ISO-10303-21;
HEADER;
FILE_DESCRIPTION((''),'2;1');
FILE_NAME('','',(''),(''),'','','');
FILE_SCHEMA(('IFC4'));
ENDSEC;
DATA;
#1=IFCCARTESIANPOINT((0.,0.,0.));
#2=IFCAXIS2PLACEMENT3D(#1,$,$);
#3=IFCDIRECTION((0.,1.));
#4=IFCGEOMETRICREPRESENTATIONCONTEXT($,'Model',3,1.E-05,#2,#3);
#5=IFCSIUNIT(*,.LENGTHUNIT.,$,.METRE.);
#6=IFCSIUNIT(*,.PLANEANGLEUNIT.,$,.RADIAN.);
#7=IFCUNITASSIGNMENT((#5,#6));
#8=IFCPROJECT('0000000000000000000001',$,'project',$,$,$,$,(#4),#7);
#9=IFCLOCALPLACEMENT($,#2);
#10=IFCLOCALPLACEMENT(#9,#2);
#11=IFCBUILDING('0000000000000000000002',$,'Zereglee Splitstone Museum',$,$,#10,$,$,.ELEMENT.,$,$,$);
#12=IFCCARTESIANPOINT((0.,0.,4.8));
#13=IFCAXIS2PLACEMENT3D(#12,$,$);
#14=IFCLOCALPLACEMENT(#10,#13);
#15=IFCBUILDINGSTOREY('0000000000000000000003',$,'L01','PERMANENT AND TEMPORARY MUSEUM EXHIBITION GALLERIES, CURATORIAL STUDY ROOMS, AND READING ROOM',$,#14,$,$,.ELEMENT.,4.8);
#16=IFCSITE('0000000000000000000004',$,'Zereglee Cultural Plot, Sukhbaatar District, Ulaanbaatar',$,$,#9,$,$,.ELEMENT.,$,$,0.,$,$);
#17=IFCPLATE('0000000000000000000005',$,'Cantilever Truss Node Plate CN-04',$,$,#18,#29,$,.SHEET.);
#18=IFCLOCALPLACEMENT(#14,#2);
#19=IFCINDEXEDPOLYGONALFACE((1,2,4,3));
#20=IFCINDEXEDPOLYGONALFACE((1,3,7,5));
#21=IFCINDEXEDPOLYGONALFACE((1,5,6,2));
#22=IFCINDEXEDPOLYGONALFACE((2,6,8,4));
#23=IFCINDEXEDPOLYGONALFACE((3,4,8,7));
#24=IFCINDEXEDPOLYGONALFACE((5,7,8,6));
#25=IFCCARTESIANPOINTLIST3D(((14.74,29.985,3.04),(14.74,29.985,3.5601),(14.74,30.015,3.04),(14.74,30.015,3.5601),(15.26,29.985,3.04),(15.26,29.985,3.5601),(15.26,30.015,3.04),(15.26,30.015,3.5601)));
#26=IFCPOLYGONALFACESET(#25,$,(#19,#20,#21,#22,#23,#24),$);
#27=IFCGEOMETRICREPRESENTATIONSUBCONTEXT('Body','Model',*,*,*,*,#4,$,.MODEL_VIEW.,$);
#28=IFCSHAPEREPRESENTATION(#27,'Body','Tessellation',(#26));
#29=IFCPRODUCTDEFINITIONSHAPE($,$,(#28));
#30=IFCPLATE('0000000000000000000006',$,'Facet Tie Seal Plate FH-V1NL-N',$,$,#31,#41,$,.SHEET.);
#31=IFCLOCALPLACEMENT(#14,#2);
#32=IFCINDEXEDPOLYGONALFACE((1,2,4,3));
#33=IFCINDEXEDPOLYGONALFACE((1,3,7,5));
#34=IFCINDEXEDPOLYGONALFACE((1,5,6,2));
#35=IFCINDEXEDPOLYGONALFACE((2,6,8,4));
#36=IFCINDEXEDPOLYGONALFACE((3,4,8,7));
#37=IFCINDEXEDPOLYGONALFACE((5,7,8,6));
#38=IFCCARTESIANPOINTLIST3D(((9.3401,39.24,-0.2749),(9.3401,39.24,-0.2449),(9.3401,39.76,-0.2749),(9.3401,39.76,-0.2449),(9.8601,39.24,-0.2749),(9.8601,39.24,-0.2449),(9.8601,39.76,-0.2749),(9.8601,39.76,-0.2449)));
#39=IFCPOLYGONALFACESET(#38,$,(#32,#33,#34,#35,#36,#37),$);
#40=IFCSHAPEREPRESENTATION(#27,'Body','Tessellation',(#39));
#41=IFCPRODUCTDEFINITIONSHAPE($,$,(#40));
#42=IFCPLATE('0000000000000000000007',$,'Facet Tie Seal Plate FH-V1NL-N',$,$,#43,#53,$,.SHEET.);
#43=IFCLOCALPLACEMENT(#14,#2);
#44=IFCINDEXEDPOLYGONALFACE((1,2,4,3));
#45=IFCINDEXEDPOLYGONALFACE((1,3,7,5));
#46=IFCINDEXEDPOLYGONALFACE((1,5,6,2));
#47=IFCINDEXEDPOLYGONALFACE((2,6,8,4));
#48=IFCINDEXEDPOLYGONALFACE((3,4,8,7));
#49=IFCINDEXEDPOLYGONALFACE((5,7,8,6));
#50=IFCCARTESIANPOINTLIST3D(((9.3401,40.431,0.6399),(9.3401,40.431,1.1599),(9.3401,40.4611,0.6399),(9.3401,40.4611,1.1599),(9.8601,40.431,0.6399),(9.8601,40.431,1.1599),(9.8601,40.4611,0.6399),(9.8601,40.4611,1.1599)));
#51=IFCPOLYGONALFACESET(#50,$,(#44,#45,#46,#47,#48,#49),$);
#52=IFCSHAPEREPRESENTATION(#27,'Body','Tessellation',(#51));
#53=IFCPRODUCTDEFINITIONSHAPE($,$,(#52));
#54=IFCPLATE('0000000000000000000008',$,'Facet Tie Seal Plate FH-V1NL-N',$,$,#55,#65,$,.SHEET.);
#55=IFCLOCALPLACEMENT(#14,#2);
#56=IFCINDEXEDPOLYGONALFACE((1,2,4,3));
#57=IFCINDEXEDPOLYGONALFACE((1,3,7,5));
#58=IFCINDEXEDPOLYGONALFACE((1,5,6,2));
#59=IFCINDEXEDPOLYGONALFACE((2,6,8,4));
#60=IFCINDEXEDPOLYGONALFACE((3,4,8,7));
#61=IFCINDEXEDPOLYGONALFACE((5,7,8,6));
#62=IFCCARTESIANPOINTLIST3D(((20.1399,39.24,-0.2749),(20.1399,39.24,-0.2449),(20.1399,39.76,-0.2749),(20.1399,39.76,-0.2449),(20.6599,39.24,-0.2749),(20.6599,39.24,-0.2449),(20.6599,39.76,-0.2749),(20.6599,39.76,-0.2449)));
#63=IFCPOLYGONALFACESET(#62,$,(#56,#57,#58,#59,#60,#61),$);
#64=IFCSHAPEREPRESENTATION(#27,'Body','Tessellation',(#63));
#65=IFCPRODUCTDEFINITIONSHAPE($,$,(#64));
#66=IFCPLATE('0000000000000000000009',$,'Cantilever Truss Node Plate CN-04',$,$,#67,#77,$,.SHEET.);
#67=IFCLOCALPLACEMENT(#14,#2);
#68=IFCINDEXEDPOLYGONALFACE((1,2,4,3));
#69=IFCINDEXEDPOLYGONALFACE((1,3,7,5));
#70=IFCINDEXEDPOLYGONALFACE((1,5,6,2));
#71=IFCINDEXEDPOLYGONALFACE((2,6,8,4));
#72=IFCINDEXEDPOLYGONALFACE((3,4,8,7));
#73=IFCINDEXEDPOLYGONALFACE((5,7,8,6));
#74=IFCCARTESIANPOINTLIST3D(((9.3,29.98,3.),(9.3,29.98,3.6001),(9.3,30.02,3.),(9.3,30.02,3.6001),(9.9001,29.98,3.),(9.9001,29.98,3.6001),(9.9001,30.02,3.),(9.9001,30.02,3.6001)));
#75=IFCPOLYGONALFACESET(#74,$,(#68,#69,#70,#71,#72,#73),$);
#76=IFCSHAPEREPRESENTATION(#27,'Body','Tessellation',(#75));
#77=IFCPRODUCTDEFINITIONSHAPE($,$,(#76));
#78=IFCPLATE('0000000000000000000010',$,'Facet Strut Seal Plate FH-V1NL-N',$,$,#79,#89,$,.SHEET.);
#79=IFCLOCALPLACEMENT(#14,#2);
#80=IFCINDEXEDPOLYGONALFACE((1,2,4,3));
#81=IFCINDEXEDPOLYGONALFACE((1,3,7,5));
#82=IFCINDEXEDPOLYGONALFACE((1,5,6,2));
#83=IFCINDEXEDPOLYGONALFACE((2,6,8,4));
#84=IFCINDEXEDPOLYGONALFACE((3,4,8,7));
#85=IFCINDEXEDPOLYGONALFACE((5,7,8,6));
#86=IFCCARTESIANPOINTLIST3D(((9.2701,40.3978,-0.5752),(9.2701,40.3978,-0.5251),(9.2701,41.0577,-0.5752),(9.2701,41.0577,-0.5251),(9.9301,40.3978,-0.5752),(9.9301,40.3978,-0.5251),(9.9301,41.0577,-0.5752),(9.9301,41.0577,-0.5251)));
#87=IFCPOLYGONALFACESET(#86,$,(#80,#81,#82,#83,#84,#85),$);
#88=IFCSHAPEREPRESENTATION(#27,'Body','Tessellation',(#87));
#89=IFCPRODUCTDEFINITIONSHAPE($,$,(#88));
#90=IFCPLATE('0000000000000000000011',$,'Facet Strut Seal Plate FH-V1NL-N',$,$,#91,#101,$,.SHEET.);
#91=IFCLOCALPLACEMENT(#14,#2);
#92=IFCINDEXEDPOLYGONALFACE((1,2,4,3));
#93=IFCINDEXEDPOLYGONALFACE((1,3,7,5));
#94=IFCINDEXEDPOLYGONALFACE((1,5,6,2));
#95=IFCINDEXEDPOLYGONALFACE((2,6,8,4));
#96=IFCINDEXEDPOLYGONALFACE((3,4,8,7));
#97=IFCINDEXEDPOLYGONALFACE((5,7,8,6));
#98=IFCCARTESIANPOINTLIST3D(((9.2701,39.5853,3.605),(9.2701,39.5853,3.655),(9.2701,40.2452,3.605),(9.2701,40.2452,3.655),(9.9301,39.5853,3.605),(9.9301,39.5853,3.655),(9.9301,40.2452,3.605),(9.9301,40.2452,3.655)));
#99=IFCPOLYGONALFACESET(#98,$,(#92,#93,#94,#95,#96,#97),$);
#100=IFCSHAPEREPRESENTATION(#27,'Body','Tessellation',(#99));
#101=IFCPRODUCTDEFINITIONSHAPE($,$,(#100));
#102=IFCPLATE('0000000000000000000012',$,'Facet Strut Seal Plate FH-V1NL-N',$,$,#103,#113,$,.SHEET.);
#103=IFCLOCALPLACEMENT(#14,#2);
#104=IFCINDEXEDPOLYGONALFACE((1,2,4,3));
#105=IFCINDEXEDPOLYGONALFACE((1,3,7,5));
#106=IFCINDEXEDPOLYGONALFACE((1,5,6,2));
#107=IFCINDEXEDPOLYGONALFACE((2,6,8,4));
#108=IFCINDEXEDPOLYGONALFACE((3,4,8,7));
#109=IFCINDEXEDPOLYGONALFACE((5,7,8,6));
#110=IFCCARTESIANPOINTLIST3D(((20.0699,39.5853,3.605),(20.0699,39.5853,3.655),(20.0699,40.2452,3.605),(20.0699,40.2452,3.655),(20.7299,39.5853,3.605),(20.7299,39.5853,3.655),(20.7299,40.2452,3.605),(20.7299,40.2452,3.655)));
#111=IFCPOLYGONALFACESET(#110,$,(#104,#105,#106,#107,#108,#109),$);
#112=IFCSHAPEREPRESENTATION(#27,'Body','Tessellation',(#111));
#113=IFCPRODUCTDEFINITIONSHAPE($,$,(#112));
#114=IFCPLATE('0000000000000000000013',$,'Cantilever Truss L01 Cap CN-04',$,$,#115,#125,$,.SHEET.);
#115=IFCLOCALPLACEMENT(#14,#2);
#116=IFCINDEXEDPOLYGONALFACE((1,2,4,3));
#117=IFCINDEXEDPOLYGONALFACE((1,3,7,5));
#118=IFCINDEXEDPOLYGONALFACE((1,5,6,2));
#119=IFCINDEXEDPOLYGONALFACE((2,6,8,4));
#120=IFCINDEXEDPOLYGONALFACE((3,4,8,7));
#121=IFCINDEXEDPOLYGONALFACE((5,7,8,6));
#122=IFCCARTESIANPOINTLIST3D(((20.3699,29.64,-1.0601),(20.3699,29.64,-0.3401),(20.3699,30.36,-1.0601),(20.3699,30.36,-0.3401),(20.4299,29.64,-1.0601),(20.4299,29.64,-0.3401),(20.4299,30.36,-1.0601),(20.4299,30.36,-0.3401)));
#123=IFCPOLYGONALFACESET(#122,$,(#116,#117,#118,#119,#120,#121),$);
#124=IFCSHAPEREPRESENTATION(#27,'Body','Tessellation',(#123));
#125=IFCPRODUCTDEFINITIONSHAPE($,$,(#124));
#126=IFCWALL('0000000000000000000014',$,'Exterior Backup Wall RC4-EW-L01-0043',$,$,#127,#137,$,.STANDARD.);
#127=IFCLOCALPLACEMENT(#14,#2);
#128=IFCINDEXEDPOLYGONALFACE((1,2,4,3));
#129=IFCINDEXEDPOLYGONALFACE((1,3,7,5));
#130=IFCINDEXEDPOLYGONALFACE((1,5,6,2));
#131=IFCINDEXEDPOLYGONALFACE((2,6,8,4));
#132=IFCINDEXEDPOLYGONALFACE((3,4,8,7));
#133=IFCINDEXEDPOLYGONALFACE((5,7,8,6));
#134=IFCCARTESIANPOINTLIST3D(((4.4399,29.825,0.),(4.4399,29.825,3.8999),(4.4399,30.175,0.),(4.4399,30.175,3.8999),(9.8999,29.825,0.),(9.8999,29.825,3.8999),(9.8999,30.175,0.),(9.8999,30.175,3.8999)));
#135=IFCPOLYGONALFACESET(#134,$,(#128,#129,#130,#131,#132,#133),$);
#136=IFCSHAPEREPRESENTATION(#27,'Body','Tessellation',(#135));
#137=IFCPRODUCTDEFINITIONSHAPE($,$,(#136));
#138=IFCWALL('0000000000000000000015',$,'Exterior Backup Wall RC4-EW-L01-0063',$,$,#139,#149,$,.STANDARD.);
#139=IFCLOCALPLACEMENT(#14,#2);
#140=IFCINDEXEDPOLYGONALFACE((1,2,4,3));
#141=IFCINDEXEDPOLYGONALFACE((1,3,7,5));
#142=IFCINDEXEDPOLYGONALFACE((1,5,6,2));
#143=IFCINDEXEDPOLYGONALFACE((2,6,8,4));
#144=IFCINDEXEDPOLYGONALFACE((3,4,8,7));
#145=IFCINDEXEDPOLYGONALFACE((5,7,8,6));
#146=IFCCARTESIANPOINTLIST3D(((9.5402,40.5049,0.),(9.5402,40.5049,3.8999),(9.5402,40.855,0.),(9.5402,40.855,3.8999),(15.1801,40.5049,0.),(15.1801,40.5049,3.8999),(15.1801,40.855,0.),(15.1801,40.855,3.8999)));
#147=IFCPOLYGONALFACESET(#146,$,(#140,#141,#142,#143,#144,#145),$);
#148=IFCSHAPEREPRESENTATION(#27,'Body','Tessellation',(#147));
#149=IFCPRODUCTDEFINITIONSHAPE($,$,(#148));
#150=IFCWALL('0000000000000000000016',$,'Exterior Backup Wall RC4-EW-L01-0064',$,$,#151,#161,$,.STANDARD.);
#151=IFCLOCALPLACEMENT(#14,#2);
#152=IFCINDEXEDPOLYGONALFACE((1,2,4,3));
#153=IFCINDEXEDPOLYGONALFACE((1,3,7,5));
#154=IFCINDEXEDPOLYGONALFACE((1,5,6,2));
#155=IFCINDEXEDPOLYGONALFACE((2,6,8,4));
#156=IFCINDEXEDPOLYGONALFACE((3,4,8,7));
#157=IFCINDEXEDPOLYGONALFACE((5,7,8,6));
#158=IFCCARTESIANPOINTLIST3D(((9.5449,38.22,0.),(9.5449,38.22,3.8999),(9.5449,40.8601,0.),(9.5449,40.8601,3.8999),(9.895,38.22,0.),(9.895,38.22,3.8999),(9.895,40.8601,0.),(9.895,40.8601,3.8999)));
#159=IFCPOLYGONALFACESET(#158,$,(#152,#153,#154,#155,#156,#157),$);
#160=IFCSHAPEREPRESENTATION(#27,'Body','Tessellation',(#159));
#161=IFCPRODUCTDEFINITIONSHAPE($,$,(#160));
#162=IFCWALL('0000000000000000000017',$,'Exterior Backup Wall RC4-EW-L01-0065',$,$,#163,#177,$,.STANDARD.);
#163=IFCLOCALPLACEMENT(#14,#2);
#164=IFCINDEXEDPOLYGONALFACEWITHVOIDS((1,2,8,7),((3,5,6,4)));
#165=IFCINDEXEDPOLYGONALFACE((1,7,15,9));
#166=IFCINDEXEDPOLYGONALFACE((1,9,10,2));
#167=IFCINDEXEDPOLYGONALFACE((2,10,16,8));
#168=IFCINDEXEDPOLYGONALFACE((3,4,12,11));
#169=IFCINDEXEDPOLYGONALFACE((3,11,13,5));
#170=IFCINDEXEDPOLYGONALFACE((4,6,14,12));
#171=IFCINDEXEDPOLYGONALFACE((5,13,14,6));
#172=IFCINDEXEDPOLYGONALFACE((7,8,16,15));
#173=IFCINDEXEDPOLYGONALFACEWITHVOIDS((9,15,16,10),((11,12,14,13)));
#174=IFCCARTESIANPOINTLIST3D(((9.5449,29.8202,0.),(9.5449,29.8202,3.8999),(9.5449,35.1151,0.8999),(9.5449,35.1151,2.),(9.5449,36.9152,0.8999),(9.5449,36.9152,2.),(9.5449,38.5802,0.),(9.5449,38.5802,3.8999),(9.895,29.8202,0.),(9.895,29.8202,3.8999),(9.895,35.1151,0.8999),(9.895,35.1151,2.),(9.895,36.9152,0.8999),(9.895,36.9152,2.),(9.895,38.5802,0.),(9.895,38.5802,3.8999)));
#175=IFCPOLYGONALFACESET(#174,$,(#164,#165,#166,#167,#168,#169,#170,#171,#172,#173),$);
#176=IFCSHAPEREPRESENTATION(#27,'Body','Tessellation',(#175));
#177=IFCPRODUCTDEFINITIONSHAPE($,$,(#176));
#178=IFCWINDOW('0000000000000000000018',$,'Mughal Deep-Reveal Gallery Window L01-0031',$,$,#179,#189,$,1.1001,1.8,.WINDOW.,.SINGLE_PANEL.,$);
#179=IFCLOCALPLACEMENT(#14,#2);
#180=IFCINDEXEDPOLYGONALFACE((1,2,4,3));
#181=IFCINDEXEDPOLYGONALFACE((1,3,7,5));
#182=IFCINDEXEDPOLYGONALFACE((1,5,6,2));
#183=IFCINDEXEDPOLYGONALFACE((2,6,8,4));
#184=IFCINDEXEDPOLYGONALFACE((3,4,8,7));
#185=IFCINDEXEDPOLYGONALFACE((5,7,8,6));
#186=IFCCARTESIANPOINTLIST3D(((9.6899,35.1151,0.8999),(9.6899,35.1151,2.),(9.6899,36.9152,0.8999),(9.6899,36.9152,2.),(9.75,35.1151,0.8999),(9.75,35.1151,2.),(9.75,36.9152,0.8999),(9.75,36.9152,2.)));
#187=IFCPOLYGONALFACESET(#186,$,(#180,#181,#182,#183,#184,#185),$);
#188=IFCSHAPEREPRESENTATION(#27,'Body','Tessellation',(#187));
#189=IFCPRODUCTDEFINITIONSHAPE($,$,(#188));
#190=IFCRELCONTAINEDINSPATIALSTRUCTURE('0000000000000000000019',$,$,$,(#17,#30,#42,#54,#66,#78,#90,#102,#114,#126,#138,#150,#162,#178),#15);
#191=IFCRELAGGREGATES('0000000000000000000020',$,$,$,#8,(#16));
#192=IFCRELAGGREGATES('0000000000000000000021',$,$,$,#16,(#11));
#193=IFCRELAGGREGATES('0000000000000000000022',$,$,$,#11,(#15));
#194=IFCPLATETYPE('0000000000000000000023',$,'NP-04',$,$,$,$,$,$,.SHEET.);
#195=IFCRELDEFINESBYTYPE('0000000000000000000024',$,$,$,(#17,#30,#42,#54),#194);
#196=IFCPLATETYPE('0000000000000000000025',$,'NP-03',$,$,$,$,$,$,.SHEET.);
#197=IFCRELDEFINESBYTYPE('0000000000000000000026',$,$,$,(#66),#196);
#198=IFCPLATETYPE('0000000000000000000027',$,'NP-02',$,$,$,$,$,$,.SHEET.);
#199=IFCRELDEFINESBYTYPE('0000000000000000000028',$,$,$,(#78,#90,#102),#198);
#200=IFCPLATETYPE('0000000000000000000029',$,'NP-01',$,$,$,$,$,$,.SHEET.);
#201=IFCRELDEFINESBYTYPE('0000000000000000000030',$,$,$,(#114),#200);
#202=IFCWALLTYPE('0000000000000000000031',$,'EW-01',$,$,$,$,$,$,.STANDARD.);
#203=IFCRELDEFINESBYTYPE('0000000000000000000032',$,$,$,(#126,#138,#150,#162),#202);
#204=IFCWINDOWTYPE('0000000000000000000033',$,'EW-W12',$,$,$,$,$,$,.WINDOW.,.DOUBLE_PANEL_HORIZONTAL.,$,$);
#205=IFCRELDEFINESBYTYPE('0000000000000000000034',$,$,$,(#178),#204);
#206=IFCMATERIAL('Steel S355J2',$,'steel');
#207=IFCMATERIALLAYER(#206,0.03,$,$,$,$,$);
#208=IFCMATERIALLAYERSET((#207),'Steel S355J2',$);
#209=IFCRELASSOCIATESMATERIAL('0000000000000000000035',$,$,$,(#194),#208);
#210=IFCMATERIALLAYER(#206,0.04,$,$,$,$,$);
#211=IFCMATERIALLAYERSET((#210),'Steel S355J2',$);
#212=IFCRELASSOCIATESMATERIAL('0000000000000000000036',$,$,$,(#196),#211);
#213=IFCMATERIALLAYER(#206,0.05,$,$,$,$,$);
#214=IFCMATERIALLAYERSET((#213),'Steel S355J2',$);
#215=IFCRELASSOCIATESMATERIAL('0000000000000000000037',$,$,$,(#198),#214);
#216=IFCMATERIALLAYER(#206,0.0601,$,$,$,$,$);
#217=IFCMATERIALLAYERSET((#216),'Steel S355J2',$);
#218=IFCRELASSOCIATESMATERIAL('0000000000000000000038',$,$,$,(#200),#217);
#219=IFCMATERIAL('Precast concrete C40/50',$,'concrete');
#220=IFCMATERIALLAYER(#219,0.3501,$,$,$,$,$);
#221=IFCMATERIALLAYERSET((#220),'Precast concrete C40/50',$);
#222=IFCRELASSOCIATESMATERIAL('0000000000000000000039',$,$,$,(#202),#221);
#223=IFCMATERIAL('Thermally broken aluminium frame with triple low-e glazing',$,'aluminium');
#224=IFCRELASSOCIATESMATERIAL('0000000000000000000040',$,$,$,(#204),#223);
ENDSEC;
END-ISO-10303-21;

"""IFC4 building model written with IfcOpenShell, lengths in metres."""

from ifc_helpers import new_model, si_unit, direction, frame, frame_2d, origin, origin_2d, place, context, subcontext, project, spatial, rectangle, extrude, material, layer, layer_set, type_object, element, fill, save


model = new_model("IFC4")

# Units and contexts
model_context = context("Model", 3, precision=1e-05, world=origin(), true_north=direction((0.0, 1.0)))
body_context = subcontext(model_context, "Body", "Model", "MODEL_VIEW")
ifc_project = project(units=[si_unit("LENGTHUNIT", "METRE"), si_unit("PLANEANGLEUNIT", "RADIAN")], contexts=[model_context])

# Site, building, storey
site_placement = place(None, origin())
site = spatial("IfcSite", under=ifc_project, at=site_placement, Name="Zereglee Cultural Plot, Sukhbaatar District, Ulaanbaatar", CompositionType="ELEMENT", RefElevation=0.0)
building_placement = place(site_placement, origin())
building = spatial("IfcBuilding", under=site, at=building_placement, Name="Zereglee Splitstone Museum", CompositionType="ELEMENT")
storey_placement = place(building_placement, frame((0.0, 0.0, 4.8)))
storey = spatial("IfcBuildingStorey", under=building, at=storey_placement, Name="L01", Description="PERMANENT AND TEMPORARY MUSEUM EXHIBITION GALLERIES, CURATORIAL STUDY ROOMS, AND READING ROOM", CompositionType="ELEMENT", Elevation=4.8)

# Shared definitions
ifc_material_1 = material(Name="Steel S355J2", Category="steel")

# Plates
ifc_layer_1 = layer(ifc_material_1, 0.03)
ifc_layer_set_1 = layer_set([ifc_layer_1], Name="Steel S355J2")
plate_type_1 = type_object("IfcPlateType", Name="NP-04", PredefinedType="SHEET", material=ifc_layer_set_1)
plate_1_placement = place(storey_placement, frame((15.0, 30.0, 3.04), z_axis=(0.0, 0.0, 1.0), x_axis=(1.0, 0.0, 0.0)))
element("IfcPlate", 1, at=plate_1_placement, inside=storey, type_object=plate_type_1, Name="Cantilever Truss Node Plate CN-04", PredefinedType="SHEET", context=body_context, shape_type="SweptSolid", body=[
    extrude(rectangle(XDim=0.52, YDim=0.03, at=origin_2d()), origin(), (0.0, 0.0, 1.0), 0.52),
])
plate_2_placement = place(storey_placement, frame((9.6001, 39.5, -0.2749), z_axis=(0.0, 0.0, 1.0), x_axis=(1.0, 0.0, 0.0)))
element("IfcPlate", 2, at=plate_2_placement, inside=storey, type_object=plate_type_1, Name="Facet Tie Seal Plate FH-V1NL-N", PredefinedType="SHEET", context=body_context, shape_type="SweptSolid", body=[
    extrude(rectangle(XDim=0.52, YDim=0.52, at=origin_2d()), origin(), (0.0, 0.0, 1.0), 0.03),
])
plate_3_placement = place(storey_placement, frame((9.6001, 40.446, 0.6399), z_axis=(0.0, 0.0, 1.0), x_axis=(1.0, 0.0, 0.0)))
element("IfcPlate", 3, at=plate_3_placement, inside=storey, type_object=plate_type_1, Name="Facet Tie Seal Plate FH-V1NL-N", PredefinedType="SHEET", context=body_context, shape_type="SweptSolid", body=[
    extrude(rectangle(XDim=0.52, YDim=0.03, at=origin_2d()), origin(), (0.0, 0.0, 1.0), 0.52),
])
plate_4_placement = place(storey_placement, frame((20.3999, 39.5, -0.2749), z_axis=(0.0, 0.0, 1.0), x_axis=(1.0, 0.0, 0.0)))
element("IfcPlate", 4, at=plate_4_placement, inside=storey, type_object=plate_type_1, Name="Facet Tie Seal Plate FH-V1NL-N", PredefinedType="SHEET", context=body_context, shape_type="SweptSolid", body=[
    extrude(rectangle(XDim=0.52, YDim=0.52, at=origin_2d()), origin(), (0.0, 0.0, 1.0), 0.03),
])
ifc_layer_2 = layer(ifc_material_1, 0.04)
ifc_layer_set_2 = layer_set([ifc_layer_2], Name="Steel S355J2")
plate_type_2 = type_object("IfcPlateType", Name="NP-03", PredefinedType="SHEET", material=ifc_layer_set_2)
plate_5_placement = place(storey_placement, frame((9.6001, 30.0, 3.0), z_axis=(0.0, 0.0, 1.0), x_axis=(1.0, 0.0, 0.0)))
element("IfcPlate", 5, at=plate_5_placement, inside=storey, type_object=plate_type_2, Name="Cantilever Truss Node Plate CN-04", PredefinedType="SHEET", context=body_context, shape_type="SweptSolid", body=[
    extrude(rectangle(XDim=0.6001, YDim=0.04, at=origin_2d()), origin(), (0.0, 0.0, 1.0), 0.6001),
])
ifc_layer_3 = layer(ifc_material_1, 0.05)
ifc_layer_set_3 = layer_set([ifc_layer_3], Name="Steel S355J2")
plate_type_3 = type_object("IfcPlateType", Name="NP-02", PredefinedType="SHEET", material=ifc_layer_set_3)
for number, where, z_axis, x_axis, name in (
    (6, (9.6001, 40.7278, -0.5752), (0.0, 0.0, 1.0), (1.0, 0.0, 0.0), "Facet Strut Seal Plate FH-V1NL-N"),
    (7, (9.6001, 39.9153, 3.605), (0.0, 0.0, 1.0), (1.0, 0.0, 0.0), "Facet Strut Seal Plate FH-V1NL-N"),
    (8, (20.3999, 39.9153, 3.605), (0.0, 0.0, 1.0), (1.0, 0.0, 0.0), "Facet Strut Seal Plate FH-V1NL-N"),
):
    element("IfcPlate", number, at=place(storey_placement, frame(where, z_axis=z_axis, x_axis=x_axis)), inside=storey, type_object=plate_type_3, Name=name, PredefinedType="SHEET", context=body_context, shape_type="SweptSolid", body=[
        extrude(rectangle(XDim=0.6599, YDim=0.6599, at=origin_2d()), origin(), (0.0, 0.0, 1.0), 0.05),
    ])
ifc_layer_4 = layer(ifc_material_1, 0.0601)
ifc_layer_set_4 = layer_set([ifc_layer_4], Name="Steel S355J2")
plate_type_4 = type_object("IfcPlateType", Name="NP-01", PredefinedType="SHEET", material=ifc_layer_set_4)
plate_6_placement = place(storey_placement, frame((20.3999, 30.0, -1.0601), z_axis=(0.0, 0.0, 1.0), x_axis=(1.0, 0.0, 0.0)))
element("IfcPlate", 9, at=plate_6_placement, inside=storey, type_object=plate_type_4, Name="Cantilever Truss L01 Cap CN-04", PredefinedType="SHEET", context=body_context, shape_type="SweptSolid", body=[
    extrude(rectangle(XDim=0.0601, YDim=0.72, at=origin_2d()), origin(), (0.0, 0.0, 1.0), 0.72),
])

# Walls
ifc_material_2 = material(Name="Precast concrete C40/50", Category="concrete")
ifc_layer_5 = layer(ifc_material_2, 0.3501)
ifc_layer_set_5 = layer_set([ifc_layer_5], Name="Precast concrete C40/50")
wall_type_1 = type_object("IfcWallType", Name="EW-01", PredefinedType="STANDARD", material=ifc_layer_set_5)
wall_1_placement = place(storey_placement, frame((9.8999, 30.0, 0.0), z_axis=(0.0, 0.0, 1.0), x_axis=(-1.0, 0.0, 0.0)))
element("IfcWall", 10, at=wall_1_placement, inside=storey, type_object=wall_type_1, Name="Exterior Backup Wall RC4-EW-L01-0043", PredefinedType="STANDARD", context=body_context, shape_type="SweptSolid", body=[
    extrude(rectangle(XDim=5.46, YDim=0.3501, at=frame_2d((2.73, 0.0))), origin(), (0.0, 0.0, 1.0), 3.8999),
])
wall_2_placement = place(storey_placement, frame((15.1799, 40.6799, 0.0), z_axis=(0.0, 0.0, 1.0), x_axis=(-1.0, 0.0, 0.0)))
element("IfcWall", 11, at=wall_2_placement, inside=storey, type_object=wall_type_1, Name="Exterior Backup Wall RC4-EW-L01-0063", PredefinedType="STANDARD", context=body_context, shape_type="SweptSolid", body=[
    extrude(rectangle(XDim=5.6399, YDim=0.3501, at=frame_2d((2.8198, 0.0))), origin(), (0.0, 0.0, 1.0), 3.8999),
])
wall_3_placement = place(storey_placement, frame((9.72, 40.8601, 0.0), z_axis=(0.0, 0.0, 1.0), x_axis=(0.0, -1.0, 0.0)))
element("IfcWall", 12, at=wall_3_placement, inside=storey, type_object=wall_type_1, Name="Exterior Backup Wall RC4-EW-L01-0064", PredefinedType="STANDARD", context=body_context, shape_type="SweptSolid", body=[
    extrude(rectangle(XDim=2.6401, YDim=0.3501, at=frame_2d((1.3201, 0.0))), origin(), (0.0, 0.0, 1.0), 3.8999),
])

# Wall, opening, window
wall_4_placement = place(storey_placement, frame((9.72, 38.5801, 0.0), z_axis=(0.0, 0.0, 1.0), x_axis=(0.0, -1.0, 0.0)))
wall_4 = element("IfcWall", 13, at=wall_4_placement, inside=storey, type_object=wall_type_1, Name="Exterior Backup Wall RC4-EW-L01-0065", PredefinedType="STANDARD", context=body_context, shape_type="SweptSolid", body=[
    extrude(rectangle(XDim=8.76, YDim=0.3501, at=frame_2d((4.3799, 0.0))), origin(), (0.0, 0.0, 1.0), 3.8999),
])
opening_1_placement = place(wall_4_placement, frame((1.665, 0.0, 0.8999)))
opening_1 = element("IfcOpeningElement", 14, at=opening_1_placement, cuts=wall_4, PredefinedType="OPENING", context=body_context, shape_type="SweptSolid", body=[
    extrude(rectangle(XDim=1.8, YDim=1.1001, at=frame_2d((0.8999, 0.55))), frame((0.0, 0.1899, 0.0), z_axis=(0.0, -1.0, 0.0), x_axis=(1.0, 0.0, 0.0)), (0.0, 0.0, 1.0), 0.3799),
])
ifc_material_3 = material(Name="Thermally broken aluminium frame with triple low-e glazing", Category="aluminium")
window_type = type_object("IfcWindowType", Name="EW-W12", PartitioningType="DOUBLE_PANEL_HORIZONTAL", PredefinedType="WINDOW", material=ifc_material_3)
window_placement = place(opening_1_placement, origin())
window = element("IfcWindow", 15, at=window_placement, inside=storey, type_object=window_type, Name="Mughal Deep-Reveal Gallery Window L01-0031", OverallHeight=1.1001, OverallWidth=1.8, PartitioningType="SINGLE_PANEL", PredefinedType="WINDOW", context=body_context, shape_type="SweptSolid", body=[
    extrude(rectangle(XDim=1.8, YDim=1.1001, at=frame_2d((0.8999, 0.55))), frame((0.0, 0.03, 0.0), z_axis=(0.0, -1.0, 0.0), x_axis=(1.0, 0.0, 0.0)), (0.0, 0.0, 1.0), 0.0601),
])
fill(opening_1, window)

save(model, "model.ifc")
